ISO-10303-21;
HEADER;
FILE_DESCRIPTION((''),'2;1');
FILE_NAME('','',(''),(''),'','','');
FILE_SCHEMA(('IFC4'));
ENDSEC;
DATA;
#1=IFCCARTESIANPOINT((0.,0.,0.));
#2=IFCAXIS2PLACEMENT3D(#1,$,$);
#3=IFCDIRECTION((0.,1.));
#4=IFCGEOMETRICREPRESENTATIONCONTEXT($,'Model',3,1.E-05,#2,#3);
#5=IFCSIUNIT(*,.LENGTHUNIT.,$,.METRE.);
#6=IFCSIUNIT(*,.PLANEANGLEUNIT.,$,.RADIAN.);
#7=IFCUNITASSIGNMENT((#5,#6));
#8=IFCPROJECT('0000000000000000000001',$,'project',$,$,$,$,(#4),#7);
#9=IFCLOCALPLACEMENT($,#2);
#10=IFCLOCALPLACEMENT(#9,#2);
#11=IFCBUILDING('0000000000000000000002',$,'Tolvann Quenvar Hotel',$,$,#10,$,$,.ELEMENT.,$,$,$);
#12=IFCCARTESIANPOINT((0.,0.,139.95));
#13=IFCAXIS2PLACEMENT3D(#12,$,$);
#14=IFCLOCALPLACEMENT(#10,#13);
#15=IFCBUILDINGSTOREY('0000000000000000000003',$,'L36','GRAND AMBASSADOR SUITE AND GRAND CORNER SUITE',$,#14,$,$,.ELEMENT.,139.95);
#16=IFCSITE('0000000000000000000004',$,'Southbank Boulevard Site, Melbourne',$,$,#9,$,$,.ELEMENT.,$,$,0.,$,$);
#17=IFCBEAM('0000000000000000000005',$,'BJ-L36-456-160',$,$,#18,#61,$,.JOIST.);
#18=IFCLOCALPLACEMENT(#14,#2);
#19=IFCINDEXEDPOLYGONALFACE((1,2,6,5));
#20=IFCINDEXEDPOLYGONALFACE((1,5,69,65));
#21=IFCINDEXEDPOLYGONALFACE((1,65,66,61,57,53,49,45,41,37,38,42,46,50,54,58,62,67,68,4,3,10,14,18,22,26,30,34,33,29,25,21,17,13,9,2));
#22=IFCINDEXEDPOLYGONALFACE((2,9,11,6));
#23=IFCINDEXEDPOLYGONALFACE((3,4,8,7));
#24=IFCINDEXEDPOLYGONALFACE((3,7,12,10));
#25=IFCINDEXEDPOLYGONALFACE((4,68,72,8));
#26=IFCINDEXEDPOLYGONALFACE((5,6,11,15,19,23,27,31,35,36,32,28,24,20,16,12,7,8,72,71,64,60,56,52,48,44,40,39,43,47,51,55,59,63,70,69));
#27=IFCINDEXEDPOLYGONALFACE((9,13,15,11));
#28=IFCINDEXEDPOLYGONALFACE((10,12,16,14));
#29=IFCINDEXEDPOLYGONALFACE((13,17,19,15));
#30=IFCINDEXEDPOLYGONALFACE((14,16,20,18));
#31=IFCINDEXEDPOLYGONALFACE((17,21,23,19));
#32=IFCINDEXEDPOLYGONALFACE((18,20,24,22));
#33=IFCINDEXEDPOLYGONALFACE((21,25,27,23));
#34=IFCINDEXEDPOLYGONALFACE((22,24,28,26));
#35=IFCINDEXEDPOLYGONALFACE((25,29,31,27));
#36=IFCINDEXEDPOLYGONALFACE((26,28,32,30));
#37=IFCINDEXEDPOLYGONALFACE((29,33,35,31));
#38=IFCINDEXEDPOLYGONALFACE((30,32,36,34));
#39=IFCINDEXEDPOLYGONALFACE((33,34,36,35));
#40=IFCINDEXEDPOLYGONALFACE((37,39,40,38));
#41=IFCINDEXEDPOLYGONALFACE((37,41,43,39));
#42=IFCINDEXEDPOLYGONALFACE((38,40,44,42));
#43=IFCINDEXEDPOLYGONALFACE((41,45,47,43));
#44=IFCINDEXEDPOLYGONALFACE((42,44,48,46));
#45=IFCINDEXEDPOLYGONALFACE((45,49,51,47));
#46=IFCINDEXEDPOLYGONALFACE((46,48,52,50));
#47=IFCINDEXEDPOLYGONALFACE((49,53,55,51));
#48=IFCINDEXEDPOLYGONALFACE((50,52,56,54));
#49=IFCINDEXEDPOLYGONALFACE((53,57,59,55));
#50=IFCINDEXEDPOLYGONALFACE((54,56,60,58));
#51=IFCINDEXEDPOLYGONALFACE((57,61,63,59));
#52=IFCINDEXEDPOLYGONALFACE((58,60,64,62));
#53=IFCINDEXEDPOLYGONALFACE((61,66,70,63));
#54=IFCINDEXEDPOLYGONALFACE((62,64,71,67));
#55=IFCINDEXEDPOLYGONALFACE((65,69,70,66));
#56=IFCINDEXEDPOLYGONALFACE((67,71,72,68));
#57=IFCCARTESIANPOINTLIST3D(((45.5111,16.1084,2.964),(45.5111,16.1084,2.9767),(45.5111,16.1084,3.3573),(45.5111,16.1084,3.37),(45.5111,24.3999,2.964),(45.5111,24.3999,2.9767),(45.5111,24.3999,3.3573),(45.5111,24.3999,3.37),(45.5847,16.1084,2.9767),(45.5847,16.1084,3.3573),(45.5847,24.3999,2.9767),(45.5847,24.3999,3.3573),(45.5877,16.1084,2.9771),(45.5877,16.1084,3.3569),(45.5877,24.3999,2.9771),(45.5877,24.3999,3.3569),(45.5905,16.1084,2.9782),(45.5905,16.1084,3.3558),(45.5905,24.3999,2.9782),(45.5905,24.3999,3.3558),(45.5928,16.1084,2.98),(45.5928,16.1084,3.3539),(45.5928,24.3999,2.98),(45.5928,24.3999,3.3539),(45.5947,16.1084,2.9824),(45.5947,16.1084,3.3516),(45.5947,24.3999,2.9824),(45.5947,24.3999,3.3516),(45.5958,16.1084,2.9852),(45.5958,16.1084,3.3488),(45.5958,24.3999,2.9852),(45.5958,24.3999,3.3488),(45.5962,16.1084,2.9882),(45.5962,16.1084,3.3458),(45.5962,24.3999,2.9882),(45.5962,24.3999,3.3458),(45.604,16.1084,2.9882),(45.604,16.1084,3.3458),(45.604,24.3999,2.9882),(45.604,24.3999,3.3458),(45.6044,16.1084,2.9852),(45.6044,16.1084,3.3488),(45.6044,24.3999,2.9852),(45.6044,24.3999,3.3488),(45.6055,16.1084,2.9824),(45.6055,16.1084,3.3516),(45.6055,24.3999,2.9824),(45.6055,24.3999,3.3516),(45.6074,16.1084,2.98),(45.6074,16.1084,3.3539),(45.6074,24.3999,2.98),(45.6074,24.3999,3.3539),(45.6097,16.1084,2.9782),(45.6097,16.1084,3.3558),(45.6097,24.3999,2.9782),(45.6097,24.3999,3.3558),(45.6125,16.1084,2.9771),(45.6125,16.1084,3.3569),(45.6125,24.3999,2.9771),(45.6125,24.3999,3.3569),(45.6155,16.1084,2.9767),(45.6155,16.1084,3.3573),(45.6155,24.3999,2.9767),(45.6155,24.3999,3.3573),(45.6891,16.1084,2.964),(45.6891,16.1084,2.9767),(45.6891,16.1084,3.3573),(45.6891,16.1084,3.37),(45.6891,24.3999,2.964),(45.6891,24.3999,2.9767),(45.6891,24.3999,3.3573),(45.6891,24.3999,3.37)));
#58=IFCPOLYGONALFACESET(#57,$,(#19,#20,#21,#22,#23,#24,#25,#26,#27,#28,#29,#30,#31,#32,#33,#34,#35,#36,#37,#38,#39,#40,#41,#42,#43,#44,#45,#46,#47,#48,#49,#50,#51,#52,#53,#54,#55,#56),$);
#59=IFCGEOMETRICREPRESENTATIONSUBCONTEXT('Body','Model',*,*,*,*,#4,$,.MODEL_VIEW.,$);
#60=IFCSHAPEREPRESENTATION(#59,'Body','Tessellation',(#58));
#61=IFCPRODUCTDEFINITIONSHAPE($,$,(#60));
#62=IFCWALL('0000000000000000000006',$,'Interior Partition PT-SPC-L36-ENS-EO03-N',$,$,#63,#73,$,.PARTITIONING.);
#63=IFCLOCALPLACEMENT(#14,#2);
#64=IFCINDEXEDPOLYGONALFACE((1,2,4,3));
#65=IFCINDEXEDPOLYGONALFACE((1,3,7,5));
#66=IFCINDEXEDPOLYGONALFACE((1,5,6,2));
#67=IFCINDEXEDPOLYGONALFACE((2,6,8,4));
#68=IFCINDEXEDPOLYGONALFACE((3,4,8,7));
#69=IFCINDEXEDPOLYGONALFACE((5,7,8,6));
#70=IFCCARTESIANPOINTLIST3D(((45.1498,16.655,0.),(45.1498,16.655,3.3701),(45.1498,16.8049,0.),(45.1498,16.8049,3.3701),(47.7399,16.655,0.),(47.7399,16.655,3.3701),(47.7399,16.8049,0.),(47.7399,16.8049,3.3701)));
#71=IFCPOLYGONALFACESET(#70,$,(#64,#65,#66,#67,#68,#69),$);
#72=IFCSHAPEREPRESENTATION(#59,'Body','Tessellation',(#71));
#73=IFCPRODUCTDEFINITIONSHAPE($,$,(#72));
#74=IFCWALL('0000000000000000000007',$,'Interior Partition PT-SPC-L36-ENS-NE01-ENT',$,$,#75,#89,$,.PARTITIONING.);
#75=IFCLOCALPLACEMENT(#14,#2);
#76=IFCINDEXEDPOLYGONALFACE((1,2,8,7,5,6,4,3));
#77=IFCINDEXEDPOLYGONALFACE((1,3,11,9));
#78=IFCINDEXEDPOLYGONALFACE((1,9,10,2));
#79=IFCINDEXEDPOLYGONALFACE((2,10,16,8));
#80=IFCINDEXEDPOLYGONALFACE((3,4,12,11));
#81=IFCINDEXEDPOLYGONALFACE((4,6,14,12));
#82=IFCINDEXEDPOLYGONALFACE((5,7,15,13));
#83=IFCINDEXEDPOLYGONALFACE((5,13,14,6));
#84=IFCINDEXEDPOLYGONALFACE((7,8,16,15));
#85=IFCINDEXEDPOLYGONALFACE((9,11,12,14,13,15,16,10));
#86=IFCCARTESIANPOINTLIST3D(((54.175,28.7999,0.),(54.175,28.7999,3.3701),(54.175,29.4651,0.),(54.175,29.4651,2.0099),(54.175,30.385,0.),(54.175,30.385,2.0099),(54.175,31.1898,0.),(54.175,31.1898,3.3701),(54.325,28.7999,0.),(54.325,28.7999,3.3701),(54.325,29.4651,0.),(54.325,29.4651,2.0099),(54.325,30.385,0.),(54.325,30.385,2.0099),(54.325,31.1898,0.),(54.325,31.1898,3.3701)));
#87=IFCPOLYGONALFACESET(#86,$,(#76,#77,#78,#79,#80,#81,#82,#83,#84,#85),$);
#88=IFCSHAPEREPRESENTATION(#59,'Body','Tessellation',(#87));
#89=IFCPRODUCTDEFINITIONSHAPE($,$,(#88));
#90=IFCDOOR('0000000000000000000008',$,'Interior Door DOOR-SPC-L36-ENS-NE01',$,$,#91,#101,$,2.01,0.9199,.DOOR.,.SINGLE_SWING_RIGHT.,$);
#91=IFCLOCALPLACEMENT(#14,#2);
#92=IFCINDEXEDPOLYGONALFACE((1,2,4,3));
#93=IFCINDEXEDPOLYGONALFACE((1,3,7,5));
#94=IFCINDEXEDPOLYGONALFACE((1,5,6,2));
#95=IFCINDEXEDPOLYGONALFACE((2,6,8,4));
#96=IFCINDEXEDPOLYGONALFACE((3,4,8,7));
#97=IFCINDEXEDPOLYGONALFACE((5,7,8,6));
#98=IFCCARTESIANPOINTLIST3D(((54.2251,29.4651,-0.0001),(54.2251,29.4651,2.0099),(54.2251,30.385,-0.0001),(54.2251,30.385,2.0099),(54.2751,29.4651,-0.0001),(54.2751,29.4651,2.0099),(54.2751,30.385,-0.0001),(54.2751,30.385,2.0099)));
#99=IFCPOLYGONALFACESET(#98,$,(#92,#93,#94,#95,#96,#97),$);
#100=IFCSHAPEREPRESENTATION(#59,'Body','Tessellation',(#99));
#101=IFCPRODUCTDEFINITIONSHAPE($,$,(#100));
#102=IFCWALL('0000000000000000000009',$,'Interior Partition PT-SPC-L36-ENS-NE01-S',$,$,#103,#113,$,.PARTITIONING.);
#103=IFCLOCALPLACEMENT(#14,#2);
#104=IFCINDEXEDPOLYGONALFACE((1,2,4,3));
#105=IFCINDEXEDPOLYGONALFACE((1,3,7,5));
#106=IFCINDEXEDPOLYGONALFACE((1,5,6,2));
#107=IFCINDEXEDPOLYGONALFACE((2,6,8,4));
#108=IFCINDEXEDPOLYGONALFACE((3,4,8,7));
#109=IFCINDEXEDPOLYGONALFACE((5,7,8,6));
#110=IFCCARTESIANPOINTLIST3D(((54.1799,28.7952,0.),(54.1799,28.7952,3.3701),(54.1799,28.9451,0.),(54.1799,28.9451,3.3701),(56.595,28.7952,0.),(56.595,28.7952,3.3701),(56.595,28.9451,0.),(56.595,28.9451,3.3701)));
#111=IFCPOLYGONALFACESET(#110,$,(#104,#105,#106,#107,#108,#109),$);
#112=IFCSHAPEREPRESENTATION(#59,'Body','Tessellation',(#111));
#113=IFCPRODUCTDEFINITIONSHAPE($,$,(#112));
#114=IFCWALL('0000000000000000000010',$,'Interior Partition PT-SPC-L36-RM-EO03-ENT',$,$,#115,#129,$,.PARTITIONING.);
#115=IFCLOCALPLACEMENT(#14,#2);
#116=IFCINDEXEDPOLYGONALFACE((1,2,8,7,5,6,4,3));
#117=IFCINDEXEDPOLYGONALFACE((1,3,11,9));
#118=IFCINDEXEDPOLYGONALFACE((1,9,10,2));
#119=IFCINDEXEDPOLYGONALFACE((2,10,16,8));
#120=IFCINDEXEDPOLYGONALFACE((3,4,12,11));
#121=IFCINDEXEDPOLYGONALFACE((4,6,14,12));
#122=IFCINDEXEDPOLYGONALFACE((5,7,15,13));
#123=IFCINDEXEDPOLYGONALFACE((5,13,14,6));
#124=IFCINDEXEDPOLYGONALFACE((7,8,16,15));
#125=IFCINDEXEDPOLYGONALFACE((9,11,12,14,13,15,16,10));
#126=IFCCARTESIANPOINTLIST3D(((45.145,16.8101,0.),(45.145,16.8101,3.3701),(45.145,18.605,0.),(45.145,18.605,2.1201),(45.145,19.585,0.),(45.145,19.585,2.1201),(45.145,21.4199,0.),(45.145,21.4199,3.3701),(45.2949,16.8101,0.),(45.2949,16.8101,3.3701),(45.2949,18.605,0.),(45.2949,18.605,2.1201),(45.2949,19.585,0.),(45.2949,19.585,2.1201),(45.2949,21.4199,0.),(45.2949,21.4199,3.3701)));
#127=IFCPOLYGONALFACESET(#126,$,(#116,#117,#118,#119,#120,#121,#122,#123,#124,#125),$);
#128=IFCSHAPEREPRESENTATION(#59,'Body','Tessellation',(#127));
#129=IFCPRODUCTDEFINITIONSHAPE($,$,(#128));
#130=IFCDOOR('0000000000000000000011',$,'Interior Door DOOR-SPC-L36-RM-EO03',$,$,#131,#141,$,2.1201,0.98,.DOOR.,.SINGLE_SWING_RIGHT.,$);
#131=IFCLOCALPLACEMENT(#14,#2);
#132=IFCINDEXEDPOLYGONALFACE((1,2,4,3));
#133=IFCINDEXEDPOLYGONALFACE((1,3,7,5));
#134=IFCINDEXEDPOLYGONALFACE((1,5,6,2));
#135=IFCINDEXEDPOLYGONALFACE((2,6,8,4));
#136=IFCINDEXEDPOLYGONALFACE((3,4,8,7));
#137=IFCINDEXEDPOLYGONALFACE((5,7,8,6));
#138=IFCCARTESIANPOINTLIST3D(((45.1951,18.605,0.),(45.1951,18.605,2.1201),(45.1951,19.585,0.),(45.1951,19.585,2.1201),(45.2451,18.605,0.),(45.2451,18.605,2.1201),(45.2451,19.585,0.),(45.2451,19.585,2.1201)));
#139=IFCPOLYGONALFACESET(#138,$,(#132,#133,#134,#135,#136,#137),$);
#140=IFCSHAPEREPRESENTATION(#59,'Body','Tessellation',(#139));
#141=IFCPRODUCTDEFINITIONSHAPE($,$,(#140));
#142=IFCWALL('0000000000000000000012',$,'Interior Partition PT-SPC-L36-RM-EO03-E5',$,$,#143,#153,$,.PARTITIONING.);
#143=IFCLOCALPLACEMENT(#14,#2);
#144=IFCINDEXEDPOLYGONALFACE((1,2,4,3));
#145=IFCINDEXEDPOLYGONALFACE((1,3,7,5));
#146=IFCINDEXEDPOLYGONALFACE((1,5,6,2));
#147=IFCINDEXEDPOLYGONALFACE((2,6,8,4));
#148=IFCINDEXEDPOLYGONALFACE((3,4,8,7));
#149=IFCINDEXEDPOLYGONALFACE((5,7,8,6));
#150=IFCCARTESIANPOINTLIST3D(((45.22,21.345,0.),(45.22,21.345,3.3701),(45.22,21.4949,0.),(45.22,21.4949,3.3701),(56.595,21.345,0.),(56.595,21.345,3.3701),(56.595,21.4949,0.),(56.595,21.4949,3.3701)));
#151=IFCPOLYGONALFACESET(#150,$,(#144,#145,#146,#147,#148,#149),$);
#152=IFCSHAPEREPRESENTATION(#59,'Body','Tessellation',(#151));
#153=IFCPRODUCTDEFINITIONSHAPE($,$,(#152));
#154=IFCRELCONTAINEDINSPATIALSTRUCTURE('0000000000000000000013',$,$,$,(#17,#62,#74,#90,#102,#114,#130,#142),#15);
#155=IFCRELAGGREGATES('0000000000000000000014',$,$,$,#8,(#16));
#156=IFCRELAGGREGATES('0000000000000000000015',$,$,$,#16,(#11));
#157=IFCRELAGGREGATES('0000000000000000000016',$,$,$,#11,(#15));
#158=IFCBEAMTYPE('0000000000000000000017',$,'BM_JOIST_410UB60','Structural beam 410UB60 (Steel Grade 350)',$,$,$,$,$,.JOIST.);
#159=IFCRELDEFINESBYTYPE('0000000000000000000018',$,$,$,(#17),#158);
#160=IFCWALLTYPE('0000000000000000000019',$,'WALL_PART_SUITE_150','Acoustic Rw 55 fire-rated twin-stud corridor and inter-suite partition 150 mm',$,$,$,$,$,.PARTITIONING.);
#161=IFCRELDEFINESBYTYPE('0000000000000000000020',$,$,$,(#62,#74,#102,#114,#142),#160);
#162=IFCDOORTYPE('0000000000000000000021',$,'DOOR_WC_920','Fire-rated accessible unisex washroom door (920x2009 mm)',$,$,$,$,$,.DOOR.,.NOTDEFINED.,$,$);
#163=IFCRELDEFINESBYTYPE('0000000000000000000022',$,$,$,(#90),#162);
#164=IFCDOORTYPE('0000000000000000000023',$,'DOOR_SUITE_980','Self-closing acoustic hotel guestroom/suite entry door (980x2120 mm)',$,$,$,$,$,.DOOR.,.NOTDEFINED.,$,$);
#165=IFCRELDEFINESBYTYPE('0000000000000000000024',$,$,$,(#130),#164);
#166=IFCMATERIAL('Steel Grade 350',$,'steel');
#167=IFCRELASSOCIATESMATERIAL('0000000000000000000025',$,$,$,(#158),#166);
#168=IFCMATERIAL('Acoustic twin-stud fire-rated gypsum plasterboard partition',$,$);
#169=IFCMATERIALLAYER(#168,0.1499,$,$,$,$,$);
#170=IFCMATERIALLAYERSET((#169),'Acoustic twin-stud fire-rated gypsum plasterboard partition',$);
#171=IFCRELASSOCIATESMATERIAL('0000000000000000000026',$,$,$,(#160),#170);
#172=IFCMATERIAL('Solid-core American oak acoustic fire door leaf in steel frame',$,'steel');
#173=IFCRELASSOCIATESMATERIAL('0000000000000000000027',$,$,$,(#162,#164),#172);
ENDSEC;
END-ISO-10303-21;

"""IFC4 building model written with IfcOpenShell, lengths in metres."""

from ifc_helpers import new_model, si_unit, direction, frame, frame_2d, origin, origin_2d, place, context, subcontext, project, spatial, rectangle, i_section, extrude, source, transform, mapped, material, layer, layer_set, material_profile, profile_set, type_object, type_shapes, element, fill, save


model = new_model("IFC4")

# Units and contexts
model_context = context("Model", 3, precision=1e-05, world=origin(), true_north=direction((0.0, 1.0)))
body_context = subcontext(model_context, "Body", "Model", "MODEL_VIEW")
ifc_project = project(units=[si_unit("LENGTHUNIT", "METRE"), si_unit("PLANEANGLEUNIT", "RADIAN")], contexts=[model_context])

# Site, building, storey
site_placement = place(None, origin())
site = spatial("IfcSite", under=ifc_project, at=site_placement, Name="Southbank Boulevard Site, Melbourne", CompositionType="ELEMENT", RefElevation=0.0)
building_placement = place(site_placement, origin())
building = spatial("IfcBuilding", under=site, at=building_placement, Name="Tolvann Quenvar Hotel", CompositionType="ELEMENT")
storey_placement = place(building_placement, frame((0.0, 0.0, 139.95)))
storey = spatial("IfcBuildingStorey", under=building, at=storey_placement, Name="L36", Description="GRAND AMBASSADOR SUITE AND GRAND CORNER SUITE", CompositionType="ELEMENT", Elevation=139.95)

# Shared definitions
ifc_material_1 = material(Name="Steel Grade 350", Category="steel")

# Beam
ifc_material_profile_1 = material_profile(ifc_material_1, i_section(OverallWidth=0.178, OverallDepth=0.406, WebThickness=0.0078, FlangeThickness=0.0127, FilletRadius=0.0115, at=origin_2d()), Name="410UB60")
ifc_profile_set_1 = profile_set([ifc_material_profile_1], Name="Steel Grade 350")
beam_type_1 = type_object("IfcBeamType", Name="BM_JOIST_410UB60", Description="Structural beam 410UB60 (Steel Grade 350)", PredefinedType="JOIST", material=ifc_profile_set_1)
shared_shape_1 = source(origin(), body_context, "Body", "SweptSolid", [
    extrude(i_section(OverallWidth=0.178, OverallDepth=0.406, WebThickness=0.0078, FlangeThickness=0.0127, FilletRadius=0.0115, at=origin_2d()), origin(), (0.0, 0.0, 1.0), 8.2915),
])
type_shapes(beam_type_1, [shared_shape_1])
beam_1_placement = place(storey_placement, frame((45.6001, 16.1084, 3.167), z_axis=(0.0, 1.0, 0.0), x_axis=(-1.0, 0.0, 0.0)))
element("IfcBeam", 1, at=beam_1_placement, inside=storey, type_object=beam_type_1, Name="BJ-L36-456-160", PredefinedType="JOIST", context=body_context, shape_type="MappedRepresentation", body=[
    mapped(shared_shape_1, transform((0.0, 0.0, 0.0), x_axis=(1.0, 0.0, 0.0), y_axis=(0.0, 1.0, 0.0), z_axis=(0.0, 0.0, 1.0), scale=1.0)),
])

# Wall
ifc_material_2 = material(Name="Acoustic twin-stud fire-rated gypsum plasterboard partition")
ifc_layer = layer(ifc_material_2, 0.1499)
ifc_layer_set = layer_set([ifc_layer], Name="Acoustic twin-stud fire-rated gypsum plasterboard partition")
wall_type = type_object("IfcWallType", Name="WALL_PART_SUITE_150", Description="Acoustic Rw 55 fire-rated twin-stud corridor and inter-suite partition 150 mm", PredefinedType="PARTITIONING", material=ifc_layer_set)
wall_1_placement = place(storey_placement, frame((45.1499, 16.73, 0.0), z_axis=(0.0, 0.0, 1.0), x_axis=(1.0, 0.0, 0.0)))
element("IfcWall", 2, at=wall_1_placement, inside=storey, type_object=wall_type, Name="Interior Partition PT-SPC-L36-ENS-EO03-N", PredefinedType="PARTITIONING", context=body_context, shape_type="SweptSolid", body=[
    extrude(rectangle(XDim=2.5901, YDim=0.1499, at=frame_2d((1.2949, 0.0))), origin(), (0.0, 0.0, 1.0), 3.3701),
])

# Wall, opening, door
wall_2_placement = place(storey_placement, frame((54.25, 28.8, 0.0), z_axis=(0.0, 0.0, 1.0), x_axis=(0.0, 1.0, 0.0)))
wall_2 = element("IfcWall", 3, at=wall_2_placement, inside=storey, type_object=wall_type, Name="Interior Partition PT-SPC-L36-ENS-NE01-ENT", PredefinedType="PARTITIONING", context=body_context, shape_type="SweptSolid", body=[
    extrude(rectangle(XDim=2.3899, YDim=0.1499, at=frame_2d((1.1948, 0.0))), origin(), (0.0, 0.0, 1.0), 3.3701),
])
opening_1_placement = place(wall_2_placement, frame((0.665, 0.0, 0.0)))
opening_1 = element("IfcOpeningElement", 4, at=opening_1_placement, cuts=wall_2, PredefinedType="OPENING", context=body_context, shape_type="SweptSolid", body=[
    extrude(rectangle(XDim=0.9199, YDim=2.01, at=frame_2d((0.46, 1.0049))), frame((0.0, 0.085, 0.0), z_axis=(0.0, -1.0, 0.0), x_axis=(1.0, 0.0, 0.0)), (0.0, 0.0, 1.0), 0.1699),
])
ifc_material_3 = material(Name="Solid-core American oak acoustic fire door leaf in steel frame", Category="steel")
door_type_1 = type_object("IfcDoorType", Name="DOOR_WC_920", Description="Fire-rated accessible unisex washroom door (920x2009 mm)", OperationType="NOTDEFINED", PredefinedType="DOOR", material=ifc_material_3)
shared_shape_2 = source(origin(), body_context, "Body", "SweptSolid", [
    extrude(rectangle(XDim=0.9199, YDim=2.01, at=frame_2d((0.46, 1.0049))), frame((0.0, 0.0249, 0.0), z_axis=(0.0, -1.0, 0.0), x_axis=(1.0, 0.0, 0.0)), (0.0, 0.0, 1.0), 0.05),
])
type_shapes(door_type_1, [shared_shape_2])
door_1_placement = place(opening_1_placement, origin())
door_1 = element("IfcDoor", 5, at=door_1_placement, inside=storey, type_object=door_type_1, Name="Interior Door DOOR-SPC-L36-ENS-NE01", OperationType="SINGLE_SWING_RIGHT", OverallHeight=2.01, OverallWidth=0.9199, PredefinedType="DOOR", context=body_context, shape_type="MappedRepresentation", body=[
    mapped(shared_shape_2, transform((0.0, 0.0, 0.0), x_axis=(1.0, 0.0, 0.0), y_axis=(0.0, 1.0, 0.0), z_axis=(0.0, 0.0, 1.0), scale=1.0)),
])
fill(opening_1, door_1)

# Wall
wall_3_placement = place(storey_placement, frame((54.1799, 28.8701, 0.0), z_axis=(0.0, 0.0, 1.0), x_axis=(1.0, 0.0, 0.0)))
element("IfcWall", 6, at=wall_3_placement, inside=storey, type_object=wall_type, Name="Interior Partition PT-SPC-L36-ENS-NE01-S", PredefinedType="PARTITIONING", context=body_context, shape_type="SweptSolid", body=[
    extrude(rectangle(XDim=2.415, YDim=0.1499, at=frame_2d((1.2075, 0.0))), origin(), (0.0, 0.0, 1.0), 3.3701),
])

# Wall, opening, door
wall_4_placement = place(storey_placement, frame((45.22, 16.8101, 0.0), z_axis=(0.0, 0.0, 1.0), x_axis=(0.0, 1.0, 0.0)))
wall_4 = element("IfcWall", 7, at=wall_4_placement, inside=storey, type_object=wall_type, Name="Interior Partition PT-SPC-L36-RM-EO03-ENT", PredefinedType="PARTITIONING", context=body_context, shape_type="SweptSolid", body=[
    extrude(rectangle(XDim=4.6099, YDim=0.1499, at=frame_2d((2.3049, 0.0))), origin(), (0.0, 0.0, 1.0), 3.3701),
])
opening_2_placement = place(wall_4_placement, frame((1.7949, 0.0, 0.0)))
opening_2 = element("IfcOpeningElement", 8, at=opening_2_placement, cuts=wall_4, PredefinedType="OPENING", context=body_context, shape_type="SweptSolid", body=[
    extrude(rectangle(XDim=0.98, YDim=2.1201, at=frame_2d((0.49, 1.0601))), frame((0.0, 0.085, 0.0), z_axis=(0.0, -1.0, 0.0), x_axis=(1.0, 0.0, 0.0)), (0.0, 0.0, 1.0), 0.1699),
])
door_type_2 = type_object("IfcDoorType", Name="DOOR_SUITE_980", Description="Self-closing acoustic hotel guestroom/suite entry door (980x2120 mm)", OperationType="NOTDEFINED", PredefinedType="DOOR", material=ifc_material_3)
shared_shape_3 = source(origin(), body_context, "Body", "SweptSolid", [
    extrude(rectangle(XDim=0.98, YDim=2.1201, at=frame_2d((0.49, 1.0601))), frame((0.0, 0.0249, 0.0), z_axis=(0.0, -1.0, 0.0), x_axis=(1.0, 0.0, 0.0)), (0.0, 0.0, 1.0), 0.05),
])
type_shapes(door_type_2, [shared_shape_3])
door_2_placement = place(opening_2_placement, origin())
door_2 = element("IfcDoor", 9, at=door_2_placement, inside=storey, type_object=door_type_2, Name="Interior Door DOOR-SPC-L36-RM-EO03", OperationType="SINGLE_SWING_RIGHT", OverallHeight=2.1201, OverallWidth=0.98, PredefinedType="DOOR", context=body_context, shape_type="MappedRepresentation", body=[
    mapped(shared_shape_3, transform((0.0, 0.0, 0.0), x_axis=(1.0, 0.0, 0.0), y_axis=(0.0, 1.0, 0.0), z_axis=(0.0, 0.0, 1.0), scale=1.0)),
])
fill(opening_2, door_2)

# Wall
wall_5_placement = place(storey_placement, frame((45.22, 21.4199, 0.0), z_axis=(0.0, 0.0, 1.0), x_axis=(1.0, 0.0, 0.0)))
element("IfcWall", 10, at=wall_5_placement, inside=storey, type_object=wall_type, Name="Interior Partition PT-SPC-L36-RM-EO03-E5", PredefinedType="PARTITIONING", context=body_context, shape_type="SweptSolid", body=[
    extrude(rectangle(XDim=11.375, YDim=0.1499, at=frame_2d((5.6875, 0.0))), origin(), (0.0, 0.0, 1.0), 3.3701),
])

save(model, "model.ifc")
